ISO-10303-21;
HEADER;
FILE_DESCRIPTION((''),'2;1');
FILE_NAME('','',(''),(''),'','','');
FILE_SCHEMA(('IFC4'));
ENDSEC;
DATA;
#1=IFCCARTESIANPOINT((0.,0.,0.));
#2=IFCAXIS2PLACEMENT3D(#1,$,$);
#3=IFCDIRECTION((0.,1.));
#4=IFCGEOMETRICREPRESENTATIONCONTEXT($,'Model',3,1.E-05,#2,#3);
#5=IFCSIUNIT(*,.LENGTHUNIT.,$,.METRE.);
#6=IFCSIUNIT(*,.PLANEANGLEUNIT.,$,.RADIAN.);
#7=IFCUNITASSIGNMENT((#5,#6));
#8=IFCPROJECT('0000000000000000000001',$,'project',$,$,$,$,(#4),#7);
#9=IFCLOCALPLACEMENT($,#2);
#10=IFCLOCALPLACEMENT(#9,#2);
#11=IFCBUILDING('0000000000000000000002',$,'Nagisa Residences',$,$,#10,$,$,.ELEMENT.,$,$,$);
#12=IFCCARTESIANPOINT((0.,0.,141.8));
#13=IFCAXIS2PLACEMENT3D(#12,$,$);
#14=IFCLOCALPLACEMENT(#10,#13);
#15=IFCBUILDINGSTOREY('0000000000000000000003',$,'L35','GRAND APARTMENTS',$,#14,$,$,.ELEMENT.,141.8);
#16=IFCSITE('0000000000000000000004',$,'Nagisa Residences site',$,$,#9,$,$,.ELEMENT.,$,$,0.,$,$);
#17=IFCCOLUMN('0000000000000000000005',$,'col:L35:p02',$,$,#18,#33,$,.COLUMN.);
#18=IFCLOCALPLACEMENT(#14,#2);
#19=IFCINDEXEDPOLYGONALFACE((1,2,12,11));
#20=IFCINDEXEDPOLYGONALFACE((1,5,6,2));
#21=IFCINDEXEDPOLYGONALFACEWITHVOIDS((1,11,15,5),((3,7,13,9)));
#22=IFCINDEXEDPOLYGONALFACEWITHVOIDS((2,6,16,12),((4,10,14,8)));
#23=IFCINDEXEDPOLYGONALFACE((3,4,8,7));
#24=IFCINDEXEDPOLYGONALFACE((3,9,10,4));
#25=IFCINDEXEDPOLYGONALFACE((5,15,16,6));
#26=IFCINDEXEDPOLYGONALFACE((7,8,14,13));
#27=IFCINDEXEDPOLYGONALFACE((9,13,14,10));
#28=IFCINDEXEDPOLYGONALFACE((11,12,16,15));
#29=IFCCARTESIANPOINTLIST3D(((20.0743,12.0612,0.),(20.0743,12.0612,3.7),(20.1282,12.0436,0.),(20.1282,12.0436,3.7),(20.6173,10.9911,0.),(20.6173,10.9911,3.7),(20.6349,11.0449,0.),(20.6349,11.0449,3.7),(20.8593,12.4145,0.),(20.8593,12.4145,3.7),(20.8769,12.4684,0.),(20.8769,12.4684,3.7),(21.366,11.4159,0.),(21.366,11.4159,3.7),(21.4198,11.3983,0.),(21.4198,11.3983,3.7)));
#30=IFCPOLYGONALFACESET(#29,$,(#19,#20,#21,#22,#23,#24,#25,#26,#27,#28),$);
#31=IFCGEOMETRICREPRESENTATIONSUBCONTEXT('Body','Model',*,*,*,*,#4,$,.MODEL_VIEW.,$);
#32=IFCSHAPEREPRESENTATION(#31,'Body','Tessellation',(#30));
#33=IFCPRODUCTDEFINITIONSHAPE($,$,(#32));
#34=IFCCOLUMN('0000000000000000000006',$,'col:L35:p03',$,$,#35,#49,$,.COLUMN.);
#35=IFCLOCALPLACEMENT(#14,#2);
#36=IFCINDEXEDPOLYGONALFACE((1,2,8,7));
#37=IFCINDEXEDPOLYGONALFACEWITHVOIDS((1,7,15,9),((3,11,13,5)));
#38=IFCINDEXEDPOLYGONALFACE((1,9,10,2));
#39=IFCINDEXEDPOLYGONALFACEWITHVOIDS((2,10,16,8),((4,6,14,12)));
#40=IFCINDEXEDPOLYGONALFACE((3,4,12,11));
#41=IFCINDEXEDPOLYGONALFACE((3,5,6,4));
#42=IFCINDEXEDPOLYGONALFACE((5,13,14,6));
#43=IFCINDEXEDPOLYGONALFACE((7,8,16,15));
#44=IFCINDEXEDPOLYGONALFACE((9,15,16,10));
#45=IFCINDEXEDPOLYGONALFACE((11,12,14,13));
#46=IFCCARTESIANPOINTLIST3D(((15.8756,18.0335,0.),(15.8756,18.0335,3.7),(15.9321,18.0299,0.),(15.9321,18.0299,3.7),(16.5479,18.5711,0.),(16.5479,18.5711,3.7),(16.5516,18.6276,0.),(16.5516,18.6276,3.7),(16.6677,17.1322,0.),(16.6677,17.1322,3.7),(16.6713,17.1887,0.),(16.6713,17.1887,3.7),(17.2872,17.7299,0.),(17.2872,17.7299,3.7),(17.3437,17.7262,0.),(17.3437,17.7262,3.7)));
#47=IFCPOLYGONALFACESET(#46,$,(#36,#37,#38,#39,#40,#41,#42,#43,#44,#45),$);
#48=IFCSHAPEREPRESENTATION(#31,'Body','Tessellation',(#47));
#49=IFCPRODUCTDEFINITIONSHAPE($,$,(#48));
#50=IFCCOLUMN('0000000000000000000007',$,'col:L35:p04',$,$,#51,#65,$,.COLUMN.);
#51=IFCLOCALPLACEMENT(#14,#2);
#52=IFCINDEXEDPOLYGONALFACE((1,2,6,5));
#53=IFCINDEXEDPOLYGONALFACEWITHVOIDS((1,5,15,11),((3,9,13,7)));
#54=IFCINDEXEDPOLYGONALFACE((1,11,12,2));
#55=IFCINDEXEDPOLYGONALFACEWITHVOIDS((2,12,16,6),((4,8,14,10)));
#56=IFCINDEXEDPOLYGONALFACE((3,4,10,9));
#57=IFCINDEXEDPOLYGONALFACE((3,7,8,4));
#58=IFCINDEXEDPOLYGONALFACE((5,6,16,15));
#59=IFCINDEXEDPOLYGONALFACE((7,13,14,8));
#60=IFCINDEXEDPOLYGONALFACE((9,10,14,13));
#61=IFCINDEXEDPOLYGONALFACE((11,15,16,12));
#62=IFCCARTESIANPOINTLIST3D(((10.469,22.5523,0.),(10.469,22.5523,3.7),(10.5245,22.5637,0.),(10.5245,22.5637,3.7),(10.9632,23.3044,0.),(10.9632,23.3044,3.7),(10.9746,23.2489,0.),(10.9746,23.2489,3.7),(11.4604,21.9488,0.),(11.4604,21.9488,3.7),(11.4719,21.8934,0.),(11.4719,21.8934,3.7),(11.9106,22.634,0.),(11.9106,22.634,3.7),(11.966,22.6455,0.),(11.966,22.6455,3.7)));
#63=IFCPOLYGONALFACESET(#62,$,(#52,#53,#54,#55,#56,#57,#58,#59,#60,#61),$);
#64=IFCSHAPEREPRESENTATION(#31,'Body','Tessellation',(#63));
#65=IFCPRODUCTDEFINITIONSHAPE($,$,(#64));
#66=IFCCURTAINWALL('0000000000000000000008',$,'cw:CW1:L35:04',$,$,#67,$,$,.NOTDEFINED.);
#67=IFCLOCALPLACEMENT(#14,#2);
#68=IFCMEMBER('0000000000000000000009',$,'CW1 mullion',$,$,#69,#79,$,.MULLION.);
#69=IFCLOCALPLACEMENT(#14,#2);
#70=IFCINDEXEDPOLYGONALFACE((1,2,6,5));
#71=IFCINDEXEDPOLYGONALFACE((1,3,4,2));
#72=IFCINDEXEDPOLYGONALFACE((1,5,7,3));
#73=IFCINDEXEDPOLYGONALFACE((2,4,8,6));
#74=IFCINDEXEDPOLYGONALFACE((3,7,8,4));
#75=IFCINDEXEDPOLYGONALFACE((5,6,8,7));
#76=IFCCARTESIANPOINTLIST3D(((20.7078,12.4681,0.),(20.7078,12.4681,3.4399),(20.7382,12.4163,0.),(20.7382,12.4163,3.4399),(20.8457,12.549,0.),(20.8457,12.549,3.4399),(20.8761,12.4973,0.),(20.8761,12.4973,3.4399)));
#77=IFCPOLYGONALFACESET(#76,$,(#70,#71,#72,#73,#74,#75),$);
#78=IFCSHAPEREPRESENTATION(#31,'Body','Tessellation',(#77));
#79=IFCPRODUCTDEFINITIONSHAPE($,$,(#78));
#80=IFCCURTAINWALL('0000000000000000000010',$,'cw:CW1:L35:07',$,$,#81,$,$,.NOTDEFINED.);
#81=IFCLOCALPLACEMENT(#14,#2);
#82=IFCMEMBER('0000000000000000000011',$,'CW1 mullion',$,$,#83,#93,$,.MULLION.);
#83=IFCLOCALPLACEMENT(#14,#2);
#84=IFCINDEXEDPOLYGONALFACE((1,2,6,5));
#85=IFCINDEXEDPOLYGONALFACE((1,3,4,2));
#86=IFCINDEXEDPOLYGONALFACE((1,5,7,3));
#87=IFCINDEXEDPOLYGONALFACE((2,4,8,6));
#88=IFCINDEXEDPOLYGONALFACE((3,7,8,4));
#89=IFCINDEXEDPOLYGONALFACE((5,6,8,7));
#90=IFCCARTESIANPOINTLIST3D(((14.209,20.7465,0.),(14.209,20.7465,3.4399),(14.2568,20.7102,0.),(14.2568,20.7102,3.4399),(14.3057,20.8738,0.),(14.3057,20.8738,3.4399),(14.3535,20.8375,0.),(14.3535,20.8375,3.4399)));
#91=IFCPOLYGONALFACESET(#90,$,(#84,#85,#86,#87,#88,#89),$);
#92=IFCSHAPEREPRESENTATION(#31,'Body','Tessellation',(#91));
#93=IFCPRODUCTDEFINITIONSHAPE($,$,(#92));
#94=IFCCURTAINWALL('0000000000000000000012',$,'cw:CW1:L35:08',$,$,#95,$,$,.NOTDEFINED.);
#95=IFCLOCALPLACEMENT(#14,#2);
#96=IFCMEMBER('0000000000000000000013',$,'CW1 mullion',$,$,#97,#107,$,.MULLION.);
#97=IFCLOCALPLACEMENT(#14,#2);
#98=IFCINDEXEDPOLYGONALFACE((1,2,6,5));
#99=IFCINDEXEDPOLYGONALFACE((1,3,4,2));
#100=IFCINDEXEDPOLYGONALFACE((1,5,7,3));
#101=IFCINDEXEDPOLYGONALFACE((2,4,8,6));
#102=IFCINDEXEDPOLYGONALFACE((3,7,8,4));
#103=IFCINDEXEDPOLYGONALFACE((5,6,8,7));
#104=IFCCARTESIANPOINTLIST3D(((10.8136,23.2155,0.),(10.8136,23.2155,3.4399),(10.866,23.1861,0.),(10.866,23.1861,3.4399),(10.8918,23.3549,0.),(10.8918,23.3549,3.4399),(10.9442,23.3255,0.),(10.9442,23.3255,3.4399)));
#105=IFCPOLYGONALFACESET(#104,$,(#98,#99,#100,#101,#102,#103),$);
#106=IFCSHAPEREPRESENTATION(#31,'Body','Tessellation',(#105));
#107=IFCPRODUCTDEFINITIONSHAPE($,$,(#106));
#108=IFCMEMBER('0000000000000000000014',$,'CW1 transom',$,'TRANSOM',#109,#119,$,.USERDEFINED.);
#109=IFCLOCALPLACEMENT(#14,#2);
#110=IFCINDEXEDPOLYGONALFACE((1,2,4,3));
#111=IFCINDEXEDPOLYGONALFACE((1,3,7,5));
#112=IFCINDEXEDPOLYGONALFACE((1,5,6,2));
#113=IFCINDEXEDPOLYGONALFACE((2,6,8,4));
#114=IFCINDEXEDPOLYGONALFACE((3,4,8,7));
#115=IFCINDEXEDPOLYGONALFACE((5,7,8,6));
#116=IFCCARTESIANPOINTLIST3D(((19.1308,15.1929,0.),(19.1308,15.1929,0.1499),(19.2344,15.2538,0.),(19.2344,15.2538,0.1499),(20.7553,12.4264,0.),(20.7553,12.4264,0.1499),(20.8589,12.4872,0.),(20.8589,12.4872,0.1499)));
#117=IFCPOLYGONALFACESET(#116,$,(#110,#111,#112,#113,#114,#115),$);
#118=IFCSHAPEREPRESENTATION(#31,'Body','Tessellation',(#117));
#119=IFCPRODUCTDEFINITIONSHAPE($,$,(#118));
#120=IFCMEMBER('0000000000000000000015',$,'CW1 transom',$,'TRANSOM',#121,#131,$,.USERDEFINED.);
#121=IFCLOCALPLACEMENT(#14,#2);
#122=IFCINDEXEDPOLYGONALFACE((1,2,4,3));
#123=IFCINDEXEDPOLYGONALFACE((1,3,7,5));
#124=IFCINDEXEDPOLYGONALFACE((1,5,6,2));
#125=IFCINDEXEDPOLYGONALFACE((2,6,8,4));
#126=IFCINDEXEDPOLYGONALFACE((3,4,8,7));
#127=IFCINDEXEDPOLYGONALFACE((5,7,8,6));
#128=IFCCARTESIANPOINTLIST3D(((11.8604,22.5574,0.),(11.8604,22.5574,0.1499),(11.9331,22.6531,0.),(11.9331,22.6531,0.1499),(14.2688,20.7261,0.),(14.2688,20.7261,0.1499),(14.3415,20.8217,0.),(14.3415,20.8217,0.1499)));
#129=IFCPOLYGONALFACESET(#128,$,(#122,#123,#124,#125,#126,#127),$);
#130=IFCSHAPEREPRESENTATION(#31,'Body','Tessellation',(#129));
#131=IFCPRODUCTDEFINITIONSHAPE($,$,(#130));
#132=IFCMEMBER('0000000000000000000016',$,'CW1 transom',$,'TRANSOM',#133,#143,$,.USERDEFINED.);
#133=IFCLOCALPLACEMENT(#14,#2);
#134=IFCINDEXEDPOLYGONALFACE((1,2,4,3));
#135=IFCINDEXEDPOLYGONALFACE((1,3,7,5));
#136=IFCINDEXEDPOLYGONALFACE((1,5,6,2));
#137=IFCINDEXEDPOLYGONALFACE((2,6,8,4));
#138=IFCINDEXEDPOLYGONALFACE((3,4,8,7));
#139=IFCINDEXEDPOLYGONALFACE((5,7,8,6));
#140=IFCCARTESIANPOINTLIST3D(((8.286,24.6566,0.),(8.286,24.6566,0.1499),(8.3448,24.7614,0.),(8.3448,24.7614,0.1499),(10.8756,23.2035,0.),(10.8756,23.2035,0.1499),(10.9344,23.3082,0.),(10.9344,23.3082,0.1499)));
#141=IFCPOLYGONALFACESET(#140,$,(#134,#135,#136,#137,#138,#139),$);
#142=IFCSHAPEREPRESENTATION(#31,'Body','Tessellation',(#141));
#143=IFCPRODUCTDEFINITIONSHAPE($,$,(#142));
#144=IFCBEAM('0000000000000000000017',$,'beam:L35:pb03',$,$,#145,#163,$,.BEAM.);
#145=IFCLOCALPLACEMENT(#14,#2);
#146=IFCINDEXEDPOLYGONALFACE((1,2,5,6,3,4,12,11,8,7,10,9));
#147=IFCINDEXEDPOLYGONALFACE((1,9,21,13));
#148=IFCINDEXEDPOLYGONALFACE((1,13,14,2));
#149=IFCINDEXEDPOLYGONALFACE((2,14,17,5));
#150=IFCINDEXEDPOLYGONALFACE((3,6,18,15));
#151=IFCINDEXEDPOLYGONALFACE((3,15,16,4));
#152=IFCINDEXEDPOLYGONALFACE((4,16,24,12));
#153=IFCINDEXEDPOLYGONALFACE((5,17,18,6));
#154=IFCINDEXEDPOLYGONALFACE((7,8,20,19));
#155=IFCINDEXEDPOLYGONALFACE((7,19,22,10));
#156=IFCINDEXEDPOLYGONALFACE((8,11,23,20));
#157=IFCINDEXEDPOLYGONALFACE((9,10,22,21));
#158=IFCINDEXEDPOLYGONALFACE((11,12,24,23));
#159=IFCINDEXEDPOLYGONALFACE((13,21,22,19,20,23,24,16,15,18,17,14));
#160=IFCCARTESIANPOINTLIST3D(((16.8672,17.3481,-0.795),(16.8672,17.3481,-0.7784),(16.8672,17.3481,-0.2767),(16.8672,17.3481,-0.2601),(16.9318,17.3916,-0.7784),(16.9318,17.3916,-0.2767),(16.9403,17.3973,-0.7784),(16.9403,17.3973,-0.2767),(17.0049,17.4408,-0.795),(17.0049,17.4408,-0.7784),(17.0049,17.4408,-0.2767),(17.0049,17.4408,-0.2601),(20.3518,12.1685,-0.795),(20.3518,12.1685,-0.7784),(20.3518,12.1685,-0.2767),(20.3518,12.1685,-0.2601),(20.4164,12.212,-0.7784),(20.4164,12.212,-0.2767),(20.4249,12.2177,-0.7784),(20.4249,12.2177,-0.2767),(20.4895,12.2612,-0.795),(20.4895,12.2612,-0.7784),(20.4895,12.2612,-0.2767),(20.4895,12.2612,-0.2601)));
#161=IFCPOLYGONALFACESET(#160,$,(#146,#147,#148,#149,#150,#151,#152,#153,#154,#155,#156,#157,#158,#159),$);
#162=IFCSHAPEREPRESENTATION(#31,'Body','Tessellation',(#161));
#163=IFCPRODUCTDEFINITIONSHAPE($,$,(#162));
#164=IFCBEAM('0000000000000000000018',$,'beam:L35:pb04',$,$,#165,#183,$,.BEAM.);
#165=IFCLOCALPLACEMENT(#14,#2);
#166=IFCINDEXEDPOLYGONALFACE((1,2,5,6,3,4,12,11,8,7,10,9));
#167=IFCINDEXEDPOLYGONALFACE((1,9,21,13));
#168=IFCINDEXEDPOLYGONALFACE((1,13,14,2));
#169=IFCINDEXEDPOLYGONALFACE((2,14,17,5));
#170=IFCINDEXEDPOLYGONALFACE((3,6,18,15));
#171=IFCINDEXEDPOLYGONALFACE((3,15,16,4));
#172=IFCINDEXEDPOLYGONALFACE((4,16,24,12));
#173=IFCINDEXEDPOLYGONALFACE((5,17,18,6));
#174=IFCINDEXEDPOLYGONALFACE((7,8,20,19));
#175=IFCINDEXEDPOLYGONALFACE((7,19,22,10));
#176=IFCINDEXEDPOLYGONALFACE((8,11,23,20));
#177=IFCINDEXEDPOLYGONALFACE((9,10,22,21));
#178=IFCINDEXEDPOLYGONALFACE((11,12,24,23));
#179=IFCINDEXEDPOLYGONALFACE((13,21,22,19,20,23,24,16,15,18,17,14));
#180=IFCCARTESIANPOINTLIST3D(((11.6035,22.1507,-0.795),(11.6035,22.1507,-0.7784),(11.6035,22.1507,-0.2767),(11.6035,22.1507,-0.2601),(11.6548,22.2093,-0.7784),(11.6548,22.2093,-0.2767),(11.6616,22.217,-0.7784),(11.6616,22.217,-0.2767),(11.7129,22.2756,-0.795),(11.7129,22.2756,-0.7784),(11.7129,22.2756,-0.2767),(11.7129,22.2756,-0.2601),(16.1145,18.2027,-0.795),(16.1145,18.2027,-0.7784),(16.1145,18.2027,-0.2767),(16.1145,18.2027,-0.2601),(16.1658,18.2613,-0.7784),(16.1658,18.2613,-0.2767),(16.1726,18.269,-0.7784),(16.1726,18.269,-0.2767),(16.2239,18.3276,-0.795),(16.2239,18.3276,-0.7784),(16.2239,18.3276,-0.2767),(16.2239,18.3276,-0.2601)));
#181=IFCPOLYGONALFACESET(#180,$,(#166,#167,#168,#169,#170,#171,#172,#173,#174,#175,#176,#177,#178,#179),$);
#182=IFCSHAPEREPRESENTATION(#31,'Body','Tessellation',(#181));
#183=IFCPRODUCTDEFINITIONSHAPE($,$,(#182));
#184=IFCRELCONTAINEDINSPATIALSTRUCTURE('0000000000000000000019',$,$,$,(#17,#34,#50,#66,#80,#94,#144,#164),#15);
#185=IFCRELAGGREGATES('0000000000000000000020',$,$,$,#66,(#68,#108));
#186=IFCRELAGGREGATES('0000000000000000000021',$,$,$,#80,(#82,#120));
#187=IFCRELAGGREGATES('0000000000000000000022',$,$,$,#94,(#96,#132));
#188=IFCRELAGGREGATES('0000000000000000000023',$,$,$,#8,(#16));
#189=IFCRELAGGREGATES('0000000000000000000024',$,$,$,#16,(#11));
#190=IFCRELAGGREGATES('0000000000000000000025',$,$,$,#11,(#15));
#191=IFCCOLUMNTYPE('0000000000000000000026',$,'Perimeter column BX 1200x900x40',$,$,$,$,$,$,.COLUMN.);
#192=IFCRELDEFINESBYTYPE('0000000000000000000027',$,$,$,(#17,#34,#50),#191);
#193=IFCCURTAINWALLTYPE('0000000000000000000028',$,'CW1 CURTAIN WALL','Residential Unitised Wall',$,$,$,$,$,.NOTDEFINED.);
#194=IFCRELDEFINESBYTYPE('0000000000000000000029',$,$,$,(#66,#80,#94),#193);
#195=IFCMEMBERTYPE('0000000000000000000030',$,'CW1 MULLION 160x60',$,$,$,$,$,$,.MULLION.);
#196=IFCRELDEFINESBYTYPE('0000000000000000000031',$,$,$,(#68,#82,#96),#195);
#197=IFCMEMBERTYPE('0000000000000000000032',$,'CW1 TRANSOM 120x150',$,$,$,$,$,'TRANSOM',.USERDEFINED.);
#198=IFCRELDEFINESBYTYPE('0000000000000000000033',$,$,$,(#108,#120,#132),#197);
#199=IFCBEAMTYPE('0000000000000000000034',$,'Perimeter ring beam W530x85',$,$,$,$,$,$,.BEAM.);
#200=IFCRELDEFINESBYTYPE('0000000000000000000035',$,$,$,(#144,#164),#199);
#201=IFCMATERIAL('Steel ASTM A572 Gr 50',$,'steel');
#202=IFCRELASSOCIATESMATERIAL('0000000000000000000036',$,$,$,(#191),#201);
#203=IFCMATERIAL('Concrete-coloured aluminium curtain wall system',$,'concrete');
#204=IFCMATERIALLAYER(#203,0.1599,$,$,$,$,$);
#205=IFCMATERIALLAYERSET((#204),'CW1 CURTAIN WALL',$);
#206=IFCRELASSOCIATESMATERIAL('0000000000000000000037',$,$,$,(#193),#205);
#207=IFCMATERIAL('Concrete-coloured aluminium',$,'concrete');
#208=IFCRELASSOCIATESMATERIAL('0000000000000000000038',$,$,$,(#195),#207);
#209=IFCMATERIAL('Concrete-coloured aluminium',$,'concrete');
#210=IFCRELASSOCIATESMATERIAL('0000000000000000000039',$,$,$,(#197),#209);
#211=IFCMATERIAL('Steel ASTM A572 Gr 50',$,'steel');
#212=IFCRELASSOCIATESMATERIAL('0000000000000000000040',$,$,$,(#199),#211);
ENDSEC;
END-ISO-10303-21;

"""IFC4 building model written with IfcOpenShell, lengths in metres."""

from ifc_helpers import new_model, si_unit, direction, frame, origin, origin_2d, place, context, subcontext, project, spatial, rectangle, hollow_rectangle, i_section, extrude, material, layer, layer_set, material_profile, profile_set, type_object, element, aggregate, save


model = new_model("IFC4")

# Units and contexts
model_context = context("Model", 3, precision=1e-05, world=origin(), true_north=direction((0.0, 1.0)))
body_context = subcontext(model_context, "Body", "Model", "MODEL_VIEW")
ifc_project = project(units=[si_unit("LENGTHUNIT", "METRE"), si_unit("PLANEANGLEUNIT", "RADIAN")], contexts=[model_context])

# Site, building, storey
site_placement = place(None, origin())
site = spatial("IfcSite", under=ifc_project, at=site_placement, Name="Nagisa Residences site", CompositionType="ELEMENT", RefElevation=0.0)
building_placement = place(site_placement, origin())
building = spatial("IfcBuilding", under=site, at=building_placement, Name="Nagisa Residences", CompositionType="ELEMENT")
storey_placement = place(building_placement, frame((0.0, 0.0, 141.8)))
storey = spatial("IfcBuildingStorey", under=building, at=storey_placement, Name="L35", Description="GRAND APARTMENTS", CompositionType="ELEMENT", Elevation=141.8)

# Columns
ifc_material_1 = material(Name="Steel ASTM A572 Gr 50", Category="steel")
ifc_material_profile_1 = material_profile(ifc_material_1, hollow_rectangle(XDim=1.2, YDim=0.8999, WallThickness=0.04, at=origin_2d()), Name="BX 1200x900x40")
ifc_profile_set_1 = profile_set([ifc_material_profile_1], Name="Steel ASTM A572 Gr 50")
column_type = type_object("IfcColumnType", Name="Perimeter column BX 1200x900x40", PredefinedType="COLUMN", material=ifc_profile_set_1)
for number, where, z_axis, x_axis, name in (
    (1, (20.7471, 11.7297, 0.0), (0.0, 0.0, 1.0), (-0.452463, 0.891783, 0.0), "col:L35:p02"),
    (2, (16.6096, 17.8799, 0.0), (0.0, 0.0, 1.0), (-0.660115, 0.751165, 0.0), "col:L35:p03"),
    (3, (11.2175, 22.5989, 0.0), (0.0, 0.0, 1.0), (-0.835766, 0.549086, 0.0), "col:L35:p04"),
):
    element("IfcColumn", number, at=place(storey_placement, frame(where, z_axis=z_axis, x_axis=x_axis)), inside=storey, type_object=column_type, Name=name, PredefinedType="COLUMN", context=body_context, shape_type="SweptSolid", body=[
        extrude(hollow_rectangle(XDim=1.2, YDim=0.8999, WallThickness=0.04, at=origin_2d()), origin(), (0.0, 0.0, 1.0), 3.7),
    ])

# Curtain walls, members
ifc_material_2 = material(Name="Concrete-coloured aluminium curtain wall system", Category="concrete")
ifc_layer_1 = layer(ifc_material_2, 0.1599)
ifc_layer_set_1 = layer_set([ifc_layer_1], Name="CW1 CURTAIN WALL")
curtain_wall_type = type_object("IfcCurtainWallType", Name="CW1 CURTAIN WALL", Description="Residential Unitised Wall", PredefinedType="NOTDEFINED", material=ifc_layer_set_1)
curtain_wall_1_placement = place(storey_placement, origin())
curtain_wall_1 = element("IfcCurtainWall", 4, at=curtain_wall_1_placement, inside=storey, type_object=curtain_wall_type, Name="cw:CW1:L35:04", PredefinedType="NOTDEFINED")
ifc_material_3 = material(Name="Concrete-coloured aluminium", Category="concrete")
ifc_material_profile_2 = material_profile(ifc_material_3, rectangle(XDim=0.1599, YDim=0.0601, at=origin_2d()), Name="CW1 MULLION 160x60")
ifc_profile_set_2 = profile_set([ifc_material_profile_2], Name="Concrete-coloured aluminium")
member_type_1 = type_object("IfcMemberType", Name="CW1 MULLION 160x60", PredefinedType="MULLION", material=ifc_profile_set_2)
member_1_placement = place(storey_placement, frame((20.792, 12.4827, 0.0), z_axis=(0.0, 0.0, 1.0), x_axis=(-0.862329, -0.506349, 0.0)))
member_1 = element("IfcMember", 5, at=member_1_placement, type_object=member_type_1, Name="CW1 mullion", PredefinedType="MULLION", context=body_context, shape_type="SweptSolid", body=[
    extrude(rectangle(XDim=0.1599, YDim=0.0601, at=origin_2d()), origin(), (0.0, 0.0, 1.0), 3.4399),
])
curtain_wall_2_placement = place(storey_placement, origin())
curtain_wall_2 = element("IfcCurtainWall", 6, at=curtain_wall_2_placement, inside=storey, type_object=curtain_wall_type, Name="cw:CW1:L35:07", PredefinedType="NOTDEFINED")
member_2_placement = place(storey_placement, frame((14.2812, 20.792, 0.0), z_axis=(0.0, 0.0, 1.0), x_axis=(-0.605255, -0.796031, 0.0)))
member_2 = element("IfcMember", 7, at=member_2_placement, type_object=member_type_1, Name="CW1 mullion", PredefinedType="MULLION", context=body_context, shape_type="SweptSolid", body=[
    extrude(rectangle(XDim=0.1599, YDim=0.0601, at=origin_2d()), origin(), (0.0, 0.0, 1.0), 3.4399),
])
curtain_wall_3_placement = place(storey_placement, origin())
curtain_wall_3 = element("IfcCurtainWall", 8, at=curtain_wall_3_placement, inside=storey, type_object=curtain_wall_type, Name="cw:CW1:L35:08", PredefinedType="NOTDEFINED")
member_3_placement = place(storey_placement, frame((10.8789, 23.2705, 0.0), z_axis=(0.0, 0.0, 1.0), x_axis=(-0.489377, -0.872072, 0.0)))
member_3 = element("IfcMember", 9, at=member_3_placement, type_object=member_type_1, Name="CW1 mullion", PredefinedType="MULLION", context=body_context, shape_type="SweptSolid", body=[
    extrude(rectangle(XDim=0.1599, YDim=0.0601, at=origin_2d()), origin(), (0.0, 0.0, 1.0), 3.4399),
])

# Members
ifc_material_4 = material(Name="Concrete-coloured aluminium", Category="concrete")
ifc_material_profile_3 = material_profile(ifc_material_4, rectangle(XDim=0.1201, YDim=0.1499, at=origin_2d()), Name="CW1 TRANSOM 120x150")
ifc_profile_set_3 = profile_set([ifc_material_profile_3], Name="Concrete-coloured aluminium")
member_type_2 = type_object("IfcMemberType", Name="CW1 TRANSOM 120x150", ElementType="TRANSOM", PredefinedType="USERDEFINED", material=ifc_profile_set_3)
member_4_placement = place(storey_placement, frame((20.8071, 12.4568, 0.075), z_axis=(-0.506348, 0.862329, 0.0), x_axis=(-0.862329, -0.506348, 0.0)))
member_4 = element("IfcMember", 10, at=member_4_placement, type_object=member_type_2, Name="CW1 transom", ObjectType="TRANSOM", PredefinedType="USERDEFINED", context=body_context, shape_type="SweptSolid", body=[
    extrude(rectangle(XDim=0.1201, YDim=0.1499, at=origin_2d()), origin(), (0.0, 0.0, 1.0), 3.2083),
])
member_5_placement = place(storey_placement, frame((14.3052, 20.7739, 0.075), z_axis=(-0.796022, 0.605267, 0.0), x_axis=(-0.605267, -0.796022, 0.0)))
member_5 = element("IfcMember", 11, at=member_5_placement, type_object=member_type_2, Name="CW1 transom", ObjectType="TRANSOM", PredefinedType="USERDEFINED", context=body_context, shape_type="SweptSolid", body=[
    extrude(rectangle(XDim=0.1201, YDim=0.1499, at=origin_2d()), origin(), (0.0, 0.0, 1.0), 3.0256),
])
member_6_placement = place(storey_placement, frame((10.905, 23.2559, 0.075), z_axis=(-0.872082, 0.489359, 0.0), x_axis=(-0.489359, -0.872082, 0.0)))
member_6 = element("IfcMember", 12, at=member_6_placement, type_object=member_type_2, Name="CW1 transom", ObjectType="TRANSOM", PredefinedType="USERDEFINED", context=body_context, shape_type="SweptSolid", body=[
    extrude(rectangle(XDim=0.1201, YDim=0.1499, at=origin_2d()), origin(), (0.0, 0.0, 1.0), 2.9695),
])

# Beams
ifc_material_5 = material(Name="Steel ASTM A572 Gr 50", Category="steel")
ifc_material_profile_4 = material_profile(ifc_material_5, i_section(OverallWidth=0.166, OverallDepth=0.5349, WebThickness=0.0103, FlangeThickness=0.0166, at=origin_2d()), Name="W530x85")
ifc_profile_set_4 = profile_set([ifc_material_profile_4], Name="Steel ASTM A572 Gr 50")
beam_type_1 = type_object("IfcBeamType", Name="Perimeter ring beam W530x85", PredefinedType="BEAM", material=ifc_profile_set_4)
beam_1_placement = place(storey_placement, frame((20.4207, 12.2148, -0.5276), z_axis=(-0.558188, 0.829715, 0.0), x_axis=(-0.829715, -0.558188, 0.0)))
element("IfcBeam", 13, at=beam_1_placement, inside=storey, type_object=beam_type_1, Name="beam:L35:pb03", PredefinedType="BEAM", context=body_context, shape_type="SweptSolid", body=[
    extrude(i_section(OverallWidth=0.166, OverallDepth=0.5349, WebThickness=0.0103, FlangeThickness=0.0166, at=origin_2d()), origin(), (0.0, 0.0, 1.0), 6.2427),
])
beam_2_placement = place(storey_placement, frame((16.1692, 18.2651, -0.5276), z_axis=(-0.752504, 0.658588, 0.0), x_axis=(-0.658588, -0.752504, 0.0)))
element("IfcBeam", 14, at=beam_2_placement, inside=storey, type_object=beam_type_1, Name="beam:L35:pb04", PredefinedType="BEAM", context=body_context, shape_type="SweptSolid", body=[
    extrude(i_section(OverallWidth=0.166, OverallDepth=0.5349, WebThickness=0.0103, FlangeThickness=0.0166, at=origin_2d()), origin(), (0.0, 0.0, 1.0), 5.9946),
])

aggregate(curtain_wall_1, [member_1, member_4])
aggregate(curtain_wall_2, [member_2, member_5])
aggregate(curtain_wall_3, [member_3, member_6])

save(model, "model.ifc")
